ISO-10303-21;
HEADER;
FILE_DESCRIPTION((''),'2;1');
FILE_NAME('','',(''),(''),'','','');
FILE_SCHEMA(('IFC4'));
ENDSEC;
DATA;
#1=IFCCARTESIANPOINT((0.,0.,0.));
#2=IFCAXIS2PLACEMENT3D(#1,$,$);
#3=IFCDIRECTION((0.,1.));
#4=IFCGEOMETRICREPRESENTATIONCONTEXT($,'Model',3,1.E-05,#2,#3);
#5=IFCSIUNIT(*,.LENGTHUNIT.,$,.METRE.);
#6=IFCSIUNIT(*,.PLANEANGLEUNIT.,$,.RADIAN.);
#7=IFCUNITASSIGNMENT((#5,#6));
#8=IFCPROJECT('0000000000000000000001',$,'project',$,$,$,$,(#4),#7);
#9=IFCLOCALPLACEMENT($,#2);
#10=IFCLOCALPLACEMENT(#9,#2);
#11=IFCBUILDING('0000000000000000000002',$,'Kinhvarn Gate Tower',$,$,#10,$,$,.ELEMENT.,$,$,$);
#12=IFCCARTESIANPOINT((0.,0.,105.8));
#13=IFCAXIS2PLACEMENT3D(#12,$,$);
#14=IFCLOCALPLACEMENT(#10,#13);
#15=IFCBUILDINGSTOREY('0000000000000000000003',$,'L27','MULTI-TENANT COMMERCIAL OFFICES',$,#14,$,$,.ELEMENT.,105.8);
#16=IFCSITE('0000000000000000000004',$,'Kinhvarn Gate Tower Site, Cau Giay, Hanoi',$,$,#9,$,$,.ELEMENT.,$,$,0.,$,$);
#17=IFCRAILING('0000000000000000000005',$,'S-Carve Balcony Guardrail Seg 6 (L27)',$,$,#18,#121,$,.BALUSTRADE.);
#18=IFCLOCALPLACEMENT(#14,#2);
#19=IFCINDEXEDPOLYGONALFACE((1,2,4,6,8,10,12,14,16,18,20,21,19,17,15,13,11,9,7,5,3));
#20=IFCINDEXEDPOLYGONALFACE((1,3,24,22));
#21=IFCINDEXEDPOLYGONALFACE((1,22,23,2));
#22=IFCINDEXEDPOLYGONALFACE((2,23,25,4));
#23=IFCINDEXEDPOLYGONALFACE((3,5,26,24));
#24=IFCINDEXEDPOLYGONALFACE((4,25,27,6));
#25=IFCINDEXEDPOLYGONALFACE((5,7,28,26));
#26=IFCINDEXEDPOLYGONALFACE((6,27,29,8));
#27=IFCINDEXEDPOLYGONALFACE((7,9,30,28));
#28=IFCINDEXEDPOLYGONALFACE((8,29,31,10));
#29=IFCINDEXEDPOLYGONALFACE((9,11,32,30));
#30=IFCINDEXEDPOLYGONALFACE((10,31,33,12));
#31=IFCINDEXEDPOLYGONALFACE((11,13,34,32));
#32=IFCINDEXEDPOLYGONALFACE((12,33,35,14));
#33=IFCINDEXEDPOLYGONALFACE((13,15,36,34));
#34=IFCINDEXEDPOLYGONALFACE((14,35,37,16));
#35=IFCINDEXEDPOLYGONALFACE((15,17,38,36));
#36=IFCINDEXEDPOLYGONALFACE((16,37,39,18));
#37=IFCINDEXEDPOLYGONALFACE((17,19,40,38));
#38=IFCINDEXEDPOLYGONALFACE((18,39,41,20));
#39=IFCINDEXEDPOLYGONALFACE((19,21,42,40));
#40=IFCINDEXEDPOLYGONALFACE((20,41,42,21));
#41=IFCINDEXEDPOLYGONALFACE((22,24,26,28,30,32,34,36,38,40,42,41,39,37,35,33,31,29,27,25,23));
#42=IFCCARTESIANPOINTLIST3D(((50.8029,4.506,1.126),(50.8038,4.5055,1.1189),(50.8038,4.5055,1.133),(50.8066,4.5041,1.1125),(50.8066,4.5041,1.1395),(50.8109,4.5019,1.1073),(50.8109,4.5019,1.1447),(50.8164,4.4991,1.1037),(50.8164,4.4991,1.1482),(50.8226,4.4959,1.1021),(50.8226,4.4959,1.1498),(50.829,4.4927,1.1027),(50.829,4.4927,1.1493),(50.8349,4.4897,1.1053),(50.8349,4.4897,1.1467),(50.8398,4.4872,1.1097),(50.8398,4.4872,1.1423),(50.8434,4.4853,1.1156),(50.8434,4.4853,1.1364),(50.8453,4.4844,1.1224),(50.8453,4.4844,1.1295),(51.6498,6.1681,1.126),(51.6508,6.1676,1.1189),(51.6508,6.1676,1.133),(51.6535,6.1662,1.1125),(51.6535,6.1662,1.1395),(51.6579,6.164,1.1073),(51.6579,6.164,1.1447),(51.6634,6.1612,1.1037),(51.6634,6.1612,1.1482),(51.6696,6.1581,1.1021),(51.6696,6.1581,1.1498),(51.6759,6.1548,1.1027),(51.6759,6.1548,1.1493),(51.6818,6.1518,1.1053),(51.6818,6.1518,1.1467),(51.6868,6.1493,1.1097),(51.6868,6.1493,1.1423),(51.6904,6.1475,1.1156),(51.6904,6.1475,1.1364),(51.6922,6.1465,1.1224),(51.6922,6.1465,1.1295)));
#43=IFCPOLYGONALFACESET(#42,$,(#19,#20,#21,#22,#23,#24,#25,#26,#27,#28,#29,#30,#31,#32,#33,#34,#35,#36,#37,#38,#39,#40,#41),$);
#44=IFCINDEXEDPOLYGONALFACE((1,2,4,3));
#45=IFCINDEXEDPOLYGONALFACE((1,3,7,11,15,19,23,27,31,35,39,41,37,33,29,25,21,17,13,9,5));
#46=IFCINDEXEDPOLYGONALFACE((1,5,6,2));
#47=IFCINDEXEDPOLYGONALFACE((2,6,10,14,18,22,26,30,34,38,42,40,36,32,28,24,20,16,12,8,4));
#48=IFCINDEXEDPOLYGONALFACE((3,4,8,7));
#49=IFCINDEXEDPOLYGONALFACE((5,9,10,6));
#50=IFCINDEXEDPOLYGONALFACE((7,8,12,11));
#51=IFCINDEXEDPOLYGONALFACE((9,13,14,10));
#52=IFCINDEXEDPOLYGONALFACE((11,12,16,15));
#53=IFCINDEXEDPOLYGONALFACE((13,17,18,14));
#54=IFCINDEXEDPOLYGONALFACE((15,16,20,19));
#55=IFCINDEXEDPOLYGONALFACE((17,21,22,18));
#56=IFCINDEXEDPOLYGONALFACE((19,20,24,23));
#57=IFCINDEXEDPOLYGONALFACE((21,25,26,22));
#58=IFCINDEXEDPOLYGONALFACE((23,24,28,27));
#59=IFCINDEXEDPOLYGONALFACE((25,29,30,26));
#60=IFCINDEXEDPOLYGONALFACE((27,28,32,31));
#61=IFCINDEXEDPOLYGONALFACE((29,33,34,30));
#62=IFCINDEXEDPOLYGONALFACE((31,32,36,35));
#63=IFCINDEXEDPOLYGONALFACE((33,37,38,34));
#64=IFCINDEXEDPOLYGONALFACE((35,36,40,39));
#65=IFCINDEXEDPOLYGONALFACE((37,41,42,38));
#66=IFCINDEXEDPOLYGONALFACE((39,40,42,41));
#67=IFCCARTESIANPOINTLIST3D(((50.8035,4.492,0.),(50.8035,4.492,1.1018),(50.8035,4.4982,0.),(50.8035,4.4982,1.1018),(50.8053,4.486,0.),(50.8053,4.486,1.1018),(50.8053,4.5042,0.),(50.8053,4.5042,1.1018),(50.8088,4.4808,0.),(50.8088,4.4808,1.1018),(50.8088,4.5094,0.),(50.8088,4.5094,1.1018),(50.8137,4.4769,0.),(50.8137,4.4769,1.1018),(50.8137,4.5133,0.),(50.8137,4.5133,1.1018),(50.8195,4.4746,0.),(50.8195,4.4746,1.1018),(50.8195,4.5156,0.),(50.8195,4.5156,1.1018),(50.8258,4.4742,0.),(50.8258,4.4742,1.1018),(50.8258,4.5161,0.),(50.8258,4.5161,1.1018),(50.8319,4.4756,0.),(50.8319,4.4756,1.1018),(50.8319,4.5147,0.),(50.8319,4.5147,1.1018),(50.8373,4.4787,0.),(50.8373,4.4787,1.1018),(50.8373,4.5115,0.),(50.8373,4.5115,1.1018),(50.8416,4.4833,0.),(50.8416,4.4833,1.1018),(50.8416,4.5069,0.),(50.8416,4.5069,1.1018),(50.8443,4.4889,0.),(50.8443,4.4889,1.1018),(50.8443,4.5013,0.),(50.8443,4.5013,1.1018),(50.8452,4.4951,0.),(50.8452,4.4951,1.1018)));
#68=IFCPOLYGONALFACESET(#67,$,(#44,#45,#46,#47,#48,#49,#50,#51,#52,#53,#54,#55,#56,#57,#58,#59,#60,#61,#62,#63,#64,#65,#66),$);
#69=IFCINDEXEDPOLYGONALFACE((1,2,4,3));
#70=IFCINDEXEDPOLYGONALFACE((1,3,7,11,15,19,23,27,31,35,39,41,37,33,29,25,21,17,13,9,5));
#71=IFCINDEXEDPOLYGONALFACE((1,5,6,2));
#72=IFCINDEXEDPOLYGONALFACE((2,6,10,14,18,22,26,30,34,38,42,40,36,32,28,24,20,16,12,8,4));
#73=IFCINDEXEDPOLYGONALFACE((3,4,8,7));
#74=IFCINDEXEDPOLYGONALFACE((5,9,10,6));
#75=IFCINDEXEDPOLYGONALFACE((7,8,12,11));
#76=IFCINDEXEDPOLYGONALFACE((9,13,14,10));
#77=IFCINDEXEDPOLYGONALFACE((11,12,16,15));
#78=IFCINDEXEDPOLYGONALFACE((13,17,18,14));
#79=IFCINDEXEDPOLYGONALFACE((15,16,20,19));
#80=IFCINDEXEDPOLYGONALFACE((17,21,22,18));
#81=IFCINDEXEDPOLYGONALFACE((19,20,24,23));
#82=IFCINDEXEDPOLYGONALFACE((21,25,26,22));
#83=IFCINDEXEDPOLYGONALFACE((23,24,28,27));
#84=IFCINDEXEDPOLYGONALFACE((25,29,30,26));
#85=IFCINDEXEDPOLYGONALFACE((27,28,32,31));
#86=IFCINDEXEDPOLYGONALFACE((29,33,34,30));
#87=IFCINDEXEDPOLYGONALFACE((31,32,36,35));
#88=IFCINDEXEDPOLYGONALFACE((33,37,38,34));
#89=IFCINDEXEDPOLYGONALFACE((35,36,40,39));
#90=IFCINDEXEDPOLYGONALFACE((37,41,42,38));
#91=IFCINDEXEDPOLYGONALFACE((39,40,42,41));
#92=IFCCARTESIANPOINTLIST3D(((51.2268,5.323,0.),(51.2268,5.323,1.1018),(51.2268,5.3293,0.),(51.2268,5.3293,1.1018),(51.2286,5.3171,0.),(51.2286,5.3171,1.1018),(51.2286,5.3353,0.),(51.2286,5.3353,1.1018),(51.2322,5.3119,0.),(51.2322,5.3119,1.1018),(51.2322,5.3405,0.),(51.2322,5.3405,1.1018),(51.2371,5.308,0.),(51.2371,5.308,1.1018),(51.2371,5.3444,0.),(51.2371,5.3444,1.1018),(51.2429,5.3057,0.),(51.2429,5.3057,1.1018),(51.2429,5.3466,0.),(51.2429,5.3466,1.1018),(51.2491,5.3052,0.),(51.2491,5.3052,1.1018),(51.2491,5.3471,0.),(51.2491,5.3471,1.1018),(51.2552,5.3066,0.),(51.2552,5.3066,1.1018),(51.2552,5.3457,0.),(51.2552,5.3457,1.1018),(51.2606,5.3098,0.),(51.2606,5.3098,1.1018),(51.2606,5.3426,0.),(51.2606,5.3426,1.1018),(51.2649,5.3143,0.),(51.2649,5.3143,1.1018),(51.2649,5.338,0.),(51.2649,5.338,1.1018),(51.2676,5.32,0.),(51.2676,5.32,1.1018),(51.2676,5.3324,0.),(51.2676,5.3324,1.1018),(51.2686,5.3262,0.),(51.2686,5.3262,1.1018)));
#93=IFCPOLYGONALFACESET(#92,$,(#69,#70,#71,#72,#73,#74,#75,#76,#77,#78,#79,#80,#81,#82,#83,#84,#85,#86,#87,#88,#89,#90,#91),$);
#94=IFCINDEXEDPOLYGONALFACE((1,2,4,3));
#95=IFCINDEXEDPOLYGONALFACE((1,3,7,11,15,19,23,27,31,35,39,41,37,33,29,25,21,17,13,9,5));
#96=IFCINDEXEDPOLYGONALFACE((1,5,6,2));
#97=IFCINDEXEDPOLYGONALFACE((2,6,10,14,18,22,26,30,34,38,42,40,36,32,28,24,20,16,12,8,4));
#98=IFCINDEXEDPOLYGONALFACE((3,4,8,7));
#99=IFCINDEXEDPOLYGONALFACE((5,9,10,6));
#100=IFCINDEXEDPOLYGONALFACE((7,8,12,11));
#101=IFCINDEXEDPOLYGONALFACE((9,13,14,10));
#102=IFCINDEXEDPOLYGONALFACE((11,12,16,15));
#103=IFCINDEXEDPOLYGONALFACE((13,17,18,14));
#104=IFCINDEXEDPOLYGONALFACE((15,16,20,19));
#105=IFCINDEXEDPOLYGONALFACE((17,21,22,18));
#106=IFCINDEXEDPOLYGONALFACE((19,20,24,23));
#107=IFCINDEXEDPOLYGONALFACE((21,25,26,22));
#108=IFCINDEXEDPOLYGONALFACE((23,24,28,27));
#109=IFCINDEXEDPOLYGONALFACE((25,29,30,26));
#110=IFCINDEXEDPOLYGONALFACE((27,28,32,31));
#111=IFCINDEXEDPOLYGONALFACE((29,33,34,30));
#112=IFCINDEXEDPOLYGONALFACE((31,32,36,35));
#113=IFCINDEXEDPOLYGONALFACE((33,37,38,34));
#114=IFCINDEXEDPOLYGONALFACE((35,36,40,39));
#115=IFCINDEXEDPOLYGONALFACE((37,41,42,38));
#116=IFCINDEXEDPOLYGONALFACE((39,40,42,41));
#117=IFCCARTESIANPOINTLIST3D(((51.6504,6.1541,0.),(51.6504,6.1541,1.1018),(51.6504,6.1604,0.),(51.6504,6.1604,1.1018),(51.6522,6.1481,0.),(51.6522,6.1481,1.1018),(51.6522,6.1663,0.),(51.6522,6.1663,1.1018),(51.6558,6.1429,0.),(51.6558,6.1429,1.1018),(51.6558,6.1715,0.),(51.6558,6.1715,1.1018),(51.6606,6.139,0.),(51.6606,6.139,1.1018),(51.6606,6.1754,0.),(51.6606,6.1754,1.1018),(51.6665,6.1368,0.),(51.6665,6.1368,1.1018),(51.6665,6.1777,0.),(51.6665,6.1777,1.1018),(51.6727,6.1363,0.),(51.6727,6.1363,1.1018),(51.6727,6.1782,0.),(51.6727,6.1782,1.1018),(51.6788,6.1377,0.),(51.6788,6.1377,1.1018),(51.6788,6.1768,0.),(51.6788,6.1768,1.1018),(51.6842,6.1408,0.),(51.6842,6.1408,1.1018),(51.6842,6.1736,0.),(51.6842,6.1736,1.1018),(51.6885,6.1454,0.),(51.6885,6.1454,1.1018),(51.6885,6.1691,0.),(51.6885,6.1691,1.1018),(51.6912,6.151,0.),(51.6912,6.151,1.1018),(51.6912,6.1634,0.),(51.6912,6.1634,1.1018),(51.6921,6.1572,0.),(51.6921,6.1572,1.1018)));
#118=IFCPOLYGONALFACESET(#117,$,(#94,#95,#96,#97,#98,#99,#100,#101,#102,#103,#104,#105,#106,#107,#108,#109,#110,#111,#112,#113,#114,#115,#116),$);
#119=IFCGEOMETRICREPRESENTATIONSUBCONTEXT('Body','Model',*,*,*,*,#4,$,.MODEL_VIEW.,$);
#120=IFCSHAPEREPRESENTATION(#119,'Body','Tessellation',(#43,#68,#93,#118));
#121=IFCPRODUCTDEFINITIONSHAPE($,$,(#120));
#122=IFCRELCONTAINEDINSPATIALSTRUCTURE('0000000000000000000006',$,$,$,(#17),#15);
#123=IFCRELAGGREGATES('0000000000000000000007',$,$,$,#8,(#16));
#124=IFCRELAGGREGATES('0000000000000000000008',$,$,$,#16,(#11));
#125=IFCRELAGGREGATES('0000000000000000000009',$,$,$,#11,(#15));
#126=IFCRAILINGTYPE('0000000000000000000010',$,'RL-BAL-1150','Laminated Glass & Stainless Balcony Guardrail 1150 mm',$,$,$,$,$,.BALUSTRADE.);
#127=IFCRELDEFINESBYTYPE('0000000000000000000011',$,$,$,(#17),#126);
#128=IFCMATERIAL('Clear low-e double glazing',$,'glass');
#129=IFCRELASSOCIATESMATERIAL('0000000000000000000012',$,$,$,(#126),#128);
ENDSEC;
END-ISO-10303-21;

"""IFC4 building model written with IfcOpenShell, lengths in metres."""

from ifc_helpers import new_model, si_unit, direction, frame, origin, origin_2d, place, context, subcontext, project, spatial, circle, extrude, material, type_object, element, save


model = new_model("IFC4")

# Units and contexts
model_context = context("Model", 3, precision=1e-05, world=origin(), true_north=direction((0.0, 1.0)))
body_context = subcontext(model_context, "Body", "Model", "MODEL_VIEW")
ifc_project = project(units=[si_unit("LENGTHUNIT", "METRE"), si_unit("PLANEANGLEUNIT", "RADIAN")], contexts=[model_context])

# Site, building, storey
site_placement = place(None, origin())
site = spatial("IfcSite", under=ifc_project, at=site_placement, Name="Kinhvarn Gate Tower Site, Cau Giay, Hanoi", CompositionType="ELEMENT", RefElevation=0.0)
building_placement = place(site_placement, origin())
building = spatial("IfcBuilding", under=site, at=building_placement, Name="Kinhvarn Gate Tower", CompositionType="ELEMENT")
storey_placement = place(building_placement, frame((0.0, 0.0, 105.8)))
storey = spatial("IfcBuildingStorey", under=building, at=storey_placement, Name="L27", Description="MULTI-TENANT COMMERCIAL OFFICES", CompositionType="ELEMENT", Elevation=105.8)

# Shared definitions
ifc_material_1 = material(Name="Clear low-e double glazing", Category="glass")

# Railing
railing_type = type_object("IfcRailingType", Name="RL-BAL-1150", Description="Laminated Glass & Stainless Balcony Guardrail 1150 mm", PredefinedType="BALUSTRADE", material=ifc_material_1)
railing_1_placement = place(storey_placement, frame((50.8242, 4.4951, 0.0)))
element("IfcRailing", 1, at=railing_1_placement, inside=storey, type_object=railing_type, Name="S-Carve Balcony Guardrail Seg 6 (L27)", PredefinedType="BALUSTRADE", context=body_context, shape_type="SweptSolid", body=[
    extrude(circle(Radius=0.0239, at=origin_2d()), frame((0.0, 0.0, 1.126), z_axis=(0.454006, 0.890999, 0.0), x_axis=(-0.890999, 0.454006, 0.0)), (0.0, 0.0, 1.0), 1.8655),
    extrude(circle(Radius=0.021, at=origin_2d()), origin(), (0.0, 0.0, 1.0), 1.1018),
    extrude(circle(Radius=0.021, at=origin_2d()), frame((0.4233, 0.8311, 0.0)), (0.0, 0.0, 1.0), 1.1018),
    extrude(circle(Radius=0.021, at=origin_2d()), frame((0.8469, 1.6621, 0.0)), (0.0, 0.0, 1.0), 1.1018),
])

save(model, "model.ifc")
